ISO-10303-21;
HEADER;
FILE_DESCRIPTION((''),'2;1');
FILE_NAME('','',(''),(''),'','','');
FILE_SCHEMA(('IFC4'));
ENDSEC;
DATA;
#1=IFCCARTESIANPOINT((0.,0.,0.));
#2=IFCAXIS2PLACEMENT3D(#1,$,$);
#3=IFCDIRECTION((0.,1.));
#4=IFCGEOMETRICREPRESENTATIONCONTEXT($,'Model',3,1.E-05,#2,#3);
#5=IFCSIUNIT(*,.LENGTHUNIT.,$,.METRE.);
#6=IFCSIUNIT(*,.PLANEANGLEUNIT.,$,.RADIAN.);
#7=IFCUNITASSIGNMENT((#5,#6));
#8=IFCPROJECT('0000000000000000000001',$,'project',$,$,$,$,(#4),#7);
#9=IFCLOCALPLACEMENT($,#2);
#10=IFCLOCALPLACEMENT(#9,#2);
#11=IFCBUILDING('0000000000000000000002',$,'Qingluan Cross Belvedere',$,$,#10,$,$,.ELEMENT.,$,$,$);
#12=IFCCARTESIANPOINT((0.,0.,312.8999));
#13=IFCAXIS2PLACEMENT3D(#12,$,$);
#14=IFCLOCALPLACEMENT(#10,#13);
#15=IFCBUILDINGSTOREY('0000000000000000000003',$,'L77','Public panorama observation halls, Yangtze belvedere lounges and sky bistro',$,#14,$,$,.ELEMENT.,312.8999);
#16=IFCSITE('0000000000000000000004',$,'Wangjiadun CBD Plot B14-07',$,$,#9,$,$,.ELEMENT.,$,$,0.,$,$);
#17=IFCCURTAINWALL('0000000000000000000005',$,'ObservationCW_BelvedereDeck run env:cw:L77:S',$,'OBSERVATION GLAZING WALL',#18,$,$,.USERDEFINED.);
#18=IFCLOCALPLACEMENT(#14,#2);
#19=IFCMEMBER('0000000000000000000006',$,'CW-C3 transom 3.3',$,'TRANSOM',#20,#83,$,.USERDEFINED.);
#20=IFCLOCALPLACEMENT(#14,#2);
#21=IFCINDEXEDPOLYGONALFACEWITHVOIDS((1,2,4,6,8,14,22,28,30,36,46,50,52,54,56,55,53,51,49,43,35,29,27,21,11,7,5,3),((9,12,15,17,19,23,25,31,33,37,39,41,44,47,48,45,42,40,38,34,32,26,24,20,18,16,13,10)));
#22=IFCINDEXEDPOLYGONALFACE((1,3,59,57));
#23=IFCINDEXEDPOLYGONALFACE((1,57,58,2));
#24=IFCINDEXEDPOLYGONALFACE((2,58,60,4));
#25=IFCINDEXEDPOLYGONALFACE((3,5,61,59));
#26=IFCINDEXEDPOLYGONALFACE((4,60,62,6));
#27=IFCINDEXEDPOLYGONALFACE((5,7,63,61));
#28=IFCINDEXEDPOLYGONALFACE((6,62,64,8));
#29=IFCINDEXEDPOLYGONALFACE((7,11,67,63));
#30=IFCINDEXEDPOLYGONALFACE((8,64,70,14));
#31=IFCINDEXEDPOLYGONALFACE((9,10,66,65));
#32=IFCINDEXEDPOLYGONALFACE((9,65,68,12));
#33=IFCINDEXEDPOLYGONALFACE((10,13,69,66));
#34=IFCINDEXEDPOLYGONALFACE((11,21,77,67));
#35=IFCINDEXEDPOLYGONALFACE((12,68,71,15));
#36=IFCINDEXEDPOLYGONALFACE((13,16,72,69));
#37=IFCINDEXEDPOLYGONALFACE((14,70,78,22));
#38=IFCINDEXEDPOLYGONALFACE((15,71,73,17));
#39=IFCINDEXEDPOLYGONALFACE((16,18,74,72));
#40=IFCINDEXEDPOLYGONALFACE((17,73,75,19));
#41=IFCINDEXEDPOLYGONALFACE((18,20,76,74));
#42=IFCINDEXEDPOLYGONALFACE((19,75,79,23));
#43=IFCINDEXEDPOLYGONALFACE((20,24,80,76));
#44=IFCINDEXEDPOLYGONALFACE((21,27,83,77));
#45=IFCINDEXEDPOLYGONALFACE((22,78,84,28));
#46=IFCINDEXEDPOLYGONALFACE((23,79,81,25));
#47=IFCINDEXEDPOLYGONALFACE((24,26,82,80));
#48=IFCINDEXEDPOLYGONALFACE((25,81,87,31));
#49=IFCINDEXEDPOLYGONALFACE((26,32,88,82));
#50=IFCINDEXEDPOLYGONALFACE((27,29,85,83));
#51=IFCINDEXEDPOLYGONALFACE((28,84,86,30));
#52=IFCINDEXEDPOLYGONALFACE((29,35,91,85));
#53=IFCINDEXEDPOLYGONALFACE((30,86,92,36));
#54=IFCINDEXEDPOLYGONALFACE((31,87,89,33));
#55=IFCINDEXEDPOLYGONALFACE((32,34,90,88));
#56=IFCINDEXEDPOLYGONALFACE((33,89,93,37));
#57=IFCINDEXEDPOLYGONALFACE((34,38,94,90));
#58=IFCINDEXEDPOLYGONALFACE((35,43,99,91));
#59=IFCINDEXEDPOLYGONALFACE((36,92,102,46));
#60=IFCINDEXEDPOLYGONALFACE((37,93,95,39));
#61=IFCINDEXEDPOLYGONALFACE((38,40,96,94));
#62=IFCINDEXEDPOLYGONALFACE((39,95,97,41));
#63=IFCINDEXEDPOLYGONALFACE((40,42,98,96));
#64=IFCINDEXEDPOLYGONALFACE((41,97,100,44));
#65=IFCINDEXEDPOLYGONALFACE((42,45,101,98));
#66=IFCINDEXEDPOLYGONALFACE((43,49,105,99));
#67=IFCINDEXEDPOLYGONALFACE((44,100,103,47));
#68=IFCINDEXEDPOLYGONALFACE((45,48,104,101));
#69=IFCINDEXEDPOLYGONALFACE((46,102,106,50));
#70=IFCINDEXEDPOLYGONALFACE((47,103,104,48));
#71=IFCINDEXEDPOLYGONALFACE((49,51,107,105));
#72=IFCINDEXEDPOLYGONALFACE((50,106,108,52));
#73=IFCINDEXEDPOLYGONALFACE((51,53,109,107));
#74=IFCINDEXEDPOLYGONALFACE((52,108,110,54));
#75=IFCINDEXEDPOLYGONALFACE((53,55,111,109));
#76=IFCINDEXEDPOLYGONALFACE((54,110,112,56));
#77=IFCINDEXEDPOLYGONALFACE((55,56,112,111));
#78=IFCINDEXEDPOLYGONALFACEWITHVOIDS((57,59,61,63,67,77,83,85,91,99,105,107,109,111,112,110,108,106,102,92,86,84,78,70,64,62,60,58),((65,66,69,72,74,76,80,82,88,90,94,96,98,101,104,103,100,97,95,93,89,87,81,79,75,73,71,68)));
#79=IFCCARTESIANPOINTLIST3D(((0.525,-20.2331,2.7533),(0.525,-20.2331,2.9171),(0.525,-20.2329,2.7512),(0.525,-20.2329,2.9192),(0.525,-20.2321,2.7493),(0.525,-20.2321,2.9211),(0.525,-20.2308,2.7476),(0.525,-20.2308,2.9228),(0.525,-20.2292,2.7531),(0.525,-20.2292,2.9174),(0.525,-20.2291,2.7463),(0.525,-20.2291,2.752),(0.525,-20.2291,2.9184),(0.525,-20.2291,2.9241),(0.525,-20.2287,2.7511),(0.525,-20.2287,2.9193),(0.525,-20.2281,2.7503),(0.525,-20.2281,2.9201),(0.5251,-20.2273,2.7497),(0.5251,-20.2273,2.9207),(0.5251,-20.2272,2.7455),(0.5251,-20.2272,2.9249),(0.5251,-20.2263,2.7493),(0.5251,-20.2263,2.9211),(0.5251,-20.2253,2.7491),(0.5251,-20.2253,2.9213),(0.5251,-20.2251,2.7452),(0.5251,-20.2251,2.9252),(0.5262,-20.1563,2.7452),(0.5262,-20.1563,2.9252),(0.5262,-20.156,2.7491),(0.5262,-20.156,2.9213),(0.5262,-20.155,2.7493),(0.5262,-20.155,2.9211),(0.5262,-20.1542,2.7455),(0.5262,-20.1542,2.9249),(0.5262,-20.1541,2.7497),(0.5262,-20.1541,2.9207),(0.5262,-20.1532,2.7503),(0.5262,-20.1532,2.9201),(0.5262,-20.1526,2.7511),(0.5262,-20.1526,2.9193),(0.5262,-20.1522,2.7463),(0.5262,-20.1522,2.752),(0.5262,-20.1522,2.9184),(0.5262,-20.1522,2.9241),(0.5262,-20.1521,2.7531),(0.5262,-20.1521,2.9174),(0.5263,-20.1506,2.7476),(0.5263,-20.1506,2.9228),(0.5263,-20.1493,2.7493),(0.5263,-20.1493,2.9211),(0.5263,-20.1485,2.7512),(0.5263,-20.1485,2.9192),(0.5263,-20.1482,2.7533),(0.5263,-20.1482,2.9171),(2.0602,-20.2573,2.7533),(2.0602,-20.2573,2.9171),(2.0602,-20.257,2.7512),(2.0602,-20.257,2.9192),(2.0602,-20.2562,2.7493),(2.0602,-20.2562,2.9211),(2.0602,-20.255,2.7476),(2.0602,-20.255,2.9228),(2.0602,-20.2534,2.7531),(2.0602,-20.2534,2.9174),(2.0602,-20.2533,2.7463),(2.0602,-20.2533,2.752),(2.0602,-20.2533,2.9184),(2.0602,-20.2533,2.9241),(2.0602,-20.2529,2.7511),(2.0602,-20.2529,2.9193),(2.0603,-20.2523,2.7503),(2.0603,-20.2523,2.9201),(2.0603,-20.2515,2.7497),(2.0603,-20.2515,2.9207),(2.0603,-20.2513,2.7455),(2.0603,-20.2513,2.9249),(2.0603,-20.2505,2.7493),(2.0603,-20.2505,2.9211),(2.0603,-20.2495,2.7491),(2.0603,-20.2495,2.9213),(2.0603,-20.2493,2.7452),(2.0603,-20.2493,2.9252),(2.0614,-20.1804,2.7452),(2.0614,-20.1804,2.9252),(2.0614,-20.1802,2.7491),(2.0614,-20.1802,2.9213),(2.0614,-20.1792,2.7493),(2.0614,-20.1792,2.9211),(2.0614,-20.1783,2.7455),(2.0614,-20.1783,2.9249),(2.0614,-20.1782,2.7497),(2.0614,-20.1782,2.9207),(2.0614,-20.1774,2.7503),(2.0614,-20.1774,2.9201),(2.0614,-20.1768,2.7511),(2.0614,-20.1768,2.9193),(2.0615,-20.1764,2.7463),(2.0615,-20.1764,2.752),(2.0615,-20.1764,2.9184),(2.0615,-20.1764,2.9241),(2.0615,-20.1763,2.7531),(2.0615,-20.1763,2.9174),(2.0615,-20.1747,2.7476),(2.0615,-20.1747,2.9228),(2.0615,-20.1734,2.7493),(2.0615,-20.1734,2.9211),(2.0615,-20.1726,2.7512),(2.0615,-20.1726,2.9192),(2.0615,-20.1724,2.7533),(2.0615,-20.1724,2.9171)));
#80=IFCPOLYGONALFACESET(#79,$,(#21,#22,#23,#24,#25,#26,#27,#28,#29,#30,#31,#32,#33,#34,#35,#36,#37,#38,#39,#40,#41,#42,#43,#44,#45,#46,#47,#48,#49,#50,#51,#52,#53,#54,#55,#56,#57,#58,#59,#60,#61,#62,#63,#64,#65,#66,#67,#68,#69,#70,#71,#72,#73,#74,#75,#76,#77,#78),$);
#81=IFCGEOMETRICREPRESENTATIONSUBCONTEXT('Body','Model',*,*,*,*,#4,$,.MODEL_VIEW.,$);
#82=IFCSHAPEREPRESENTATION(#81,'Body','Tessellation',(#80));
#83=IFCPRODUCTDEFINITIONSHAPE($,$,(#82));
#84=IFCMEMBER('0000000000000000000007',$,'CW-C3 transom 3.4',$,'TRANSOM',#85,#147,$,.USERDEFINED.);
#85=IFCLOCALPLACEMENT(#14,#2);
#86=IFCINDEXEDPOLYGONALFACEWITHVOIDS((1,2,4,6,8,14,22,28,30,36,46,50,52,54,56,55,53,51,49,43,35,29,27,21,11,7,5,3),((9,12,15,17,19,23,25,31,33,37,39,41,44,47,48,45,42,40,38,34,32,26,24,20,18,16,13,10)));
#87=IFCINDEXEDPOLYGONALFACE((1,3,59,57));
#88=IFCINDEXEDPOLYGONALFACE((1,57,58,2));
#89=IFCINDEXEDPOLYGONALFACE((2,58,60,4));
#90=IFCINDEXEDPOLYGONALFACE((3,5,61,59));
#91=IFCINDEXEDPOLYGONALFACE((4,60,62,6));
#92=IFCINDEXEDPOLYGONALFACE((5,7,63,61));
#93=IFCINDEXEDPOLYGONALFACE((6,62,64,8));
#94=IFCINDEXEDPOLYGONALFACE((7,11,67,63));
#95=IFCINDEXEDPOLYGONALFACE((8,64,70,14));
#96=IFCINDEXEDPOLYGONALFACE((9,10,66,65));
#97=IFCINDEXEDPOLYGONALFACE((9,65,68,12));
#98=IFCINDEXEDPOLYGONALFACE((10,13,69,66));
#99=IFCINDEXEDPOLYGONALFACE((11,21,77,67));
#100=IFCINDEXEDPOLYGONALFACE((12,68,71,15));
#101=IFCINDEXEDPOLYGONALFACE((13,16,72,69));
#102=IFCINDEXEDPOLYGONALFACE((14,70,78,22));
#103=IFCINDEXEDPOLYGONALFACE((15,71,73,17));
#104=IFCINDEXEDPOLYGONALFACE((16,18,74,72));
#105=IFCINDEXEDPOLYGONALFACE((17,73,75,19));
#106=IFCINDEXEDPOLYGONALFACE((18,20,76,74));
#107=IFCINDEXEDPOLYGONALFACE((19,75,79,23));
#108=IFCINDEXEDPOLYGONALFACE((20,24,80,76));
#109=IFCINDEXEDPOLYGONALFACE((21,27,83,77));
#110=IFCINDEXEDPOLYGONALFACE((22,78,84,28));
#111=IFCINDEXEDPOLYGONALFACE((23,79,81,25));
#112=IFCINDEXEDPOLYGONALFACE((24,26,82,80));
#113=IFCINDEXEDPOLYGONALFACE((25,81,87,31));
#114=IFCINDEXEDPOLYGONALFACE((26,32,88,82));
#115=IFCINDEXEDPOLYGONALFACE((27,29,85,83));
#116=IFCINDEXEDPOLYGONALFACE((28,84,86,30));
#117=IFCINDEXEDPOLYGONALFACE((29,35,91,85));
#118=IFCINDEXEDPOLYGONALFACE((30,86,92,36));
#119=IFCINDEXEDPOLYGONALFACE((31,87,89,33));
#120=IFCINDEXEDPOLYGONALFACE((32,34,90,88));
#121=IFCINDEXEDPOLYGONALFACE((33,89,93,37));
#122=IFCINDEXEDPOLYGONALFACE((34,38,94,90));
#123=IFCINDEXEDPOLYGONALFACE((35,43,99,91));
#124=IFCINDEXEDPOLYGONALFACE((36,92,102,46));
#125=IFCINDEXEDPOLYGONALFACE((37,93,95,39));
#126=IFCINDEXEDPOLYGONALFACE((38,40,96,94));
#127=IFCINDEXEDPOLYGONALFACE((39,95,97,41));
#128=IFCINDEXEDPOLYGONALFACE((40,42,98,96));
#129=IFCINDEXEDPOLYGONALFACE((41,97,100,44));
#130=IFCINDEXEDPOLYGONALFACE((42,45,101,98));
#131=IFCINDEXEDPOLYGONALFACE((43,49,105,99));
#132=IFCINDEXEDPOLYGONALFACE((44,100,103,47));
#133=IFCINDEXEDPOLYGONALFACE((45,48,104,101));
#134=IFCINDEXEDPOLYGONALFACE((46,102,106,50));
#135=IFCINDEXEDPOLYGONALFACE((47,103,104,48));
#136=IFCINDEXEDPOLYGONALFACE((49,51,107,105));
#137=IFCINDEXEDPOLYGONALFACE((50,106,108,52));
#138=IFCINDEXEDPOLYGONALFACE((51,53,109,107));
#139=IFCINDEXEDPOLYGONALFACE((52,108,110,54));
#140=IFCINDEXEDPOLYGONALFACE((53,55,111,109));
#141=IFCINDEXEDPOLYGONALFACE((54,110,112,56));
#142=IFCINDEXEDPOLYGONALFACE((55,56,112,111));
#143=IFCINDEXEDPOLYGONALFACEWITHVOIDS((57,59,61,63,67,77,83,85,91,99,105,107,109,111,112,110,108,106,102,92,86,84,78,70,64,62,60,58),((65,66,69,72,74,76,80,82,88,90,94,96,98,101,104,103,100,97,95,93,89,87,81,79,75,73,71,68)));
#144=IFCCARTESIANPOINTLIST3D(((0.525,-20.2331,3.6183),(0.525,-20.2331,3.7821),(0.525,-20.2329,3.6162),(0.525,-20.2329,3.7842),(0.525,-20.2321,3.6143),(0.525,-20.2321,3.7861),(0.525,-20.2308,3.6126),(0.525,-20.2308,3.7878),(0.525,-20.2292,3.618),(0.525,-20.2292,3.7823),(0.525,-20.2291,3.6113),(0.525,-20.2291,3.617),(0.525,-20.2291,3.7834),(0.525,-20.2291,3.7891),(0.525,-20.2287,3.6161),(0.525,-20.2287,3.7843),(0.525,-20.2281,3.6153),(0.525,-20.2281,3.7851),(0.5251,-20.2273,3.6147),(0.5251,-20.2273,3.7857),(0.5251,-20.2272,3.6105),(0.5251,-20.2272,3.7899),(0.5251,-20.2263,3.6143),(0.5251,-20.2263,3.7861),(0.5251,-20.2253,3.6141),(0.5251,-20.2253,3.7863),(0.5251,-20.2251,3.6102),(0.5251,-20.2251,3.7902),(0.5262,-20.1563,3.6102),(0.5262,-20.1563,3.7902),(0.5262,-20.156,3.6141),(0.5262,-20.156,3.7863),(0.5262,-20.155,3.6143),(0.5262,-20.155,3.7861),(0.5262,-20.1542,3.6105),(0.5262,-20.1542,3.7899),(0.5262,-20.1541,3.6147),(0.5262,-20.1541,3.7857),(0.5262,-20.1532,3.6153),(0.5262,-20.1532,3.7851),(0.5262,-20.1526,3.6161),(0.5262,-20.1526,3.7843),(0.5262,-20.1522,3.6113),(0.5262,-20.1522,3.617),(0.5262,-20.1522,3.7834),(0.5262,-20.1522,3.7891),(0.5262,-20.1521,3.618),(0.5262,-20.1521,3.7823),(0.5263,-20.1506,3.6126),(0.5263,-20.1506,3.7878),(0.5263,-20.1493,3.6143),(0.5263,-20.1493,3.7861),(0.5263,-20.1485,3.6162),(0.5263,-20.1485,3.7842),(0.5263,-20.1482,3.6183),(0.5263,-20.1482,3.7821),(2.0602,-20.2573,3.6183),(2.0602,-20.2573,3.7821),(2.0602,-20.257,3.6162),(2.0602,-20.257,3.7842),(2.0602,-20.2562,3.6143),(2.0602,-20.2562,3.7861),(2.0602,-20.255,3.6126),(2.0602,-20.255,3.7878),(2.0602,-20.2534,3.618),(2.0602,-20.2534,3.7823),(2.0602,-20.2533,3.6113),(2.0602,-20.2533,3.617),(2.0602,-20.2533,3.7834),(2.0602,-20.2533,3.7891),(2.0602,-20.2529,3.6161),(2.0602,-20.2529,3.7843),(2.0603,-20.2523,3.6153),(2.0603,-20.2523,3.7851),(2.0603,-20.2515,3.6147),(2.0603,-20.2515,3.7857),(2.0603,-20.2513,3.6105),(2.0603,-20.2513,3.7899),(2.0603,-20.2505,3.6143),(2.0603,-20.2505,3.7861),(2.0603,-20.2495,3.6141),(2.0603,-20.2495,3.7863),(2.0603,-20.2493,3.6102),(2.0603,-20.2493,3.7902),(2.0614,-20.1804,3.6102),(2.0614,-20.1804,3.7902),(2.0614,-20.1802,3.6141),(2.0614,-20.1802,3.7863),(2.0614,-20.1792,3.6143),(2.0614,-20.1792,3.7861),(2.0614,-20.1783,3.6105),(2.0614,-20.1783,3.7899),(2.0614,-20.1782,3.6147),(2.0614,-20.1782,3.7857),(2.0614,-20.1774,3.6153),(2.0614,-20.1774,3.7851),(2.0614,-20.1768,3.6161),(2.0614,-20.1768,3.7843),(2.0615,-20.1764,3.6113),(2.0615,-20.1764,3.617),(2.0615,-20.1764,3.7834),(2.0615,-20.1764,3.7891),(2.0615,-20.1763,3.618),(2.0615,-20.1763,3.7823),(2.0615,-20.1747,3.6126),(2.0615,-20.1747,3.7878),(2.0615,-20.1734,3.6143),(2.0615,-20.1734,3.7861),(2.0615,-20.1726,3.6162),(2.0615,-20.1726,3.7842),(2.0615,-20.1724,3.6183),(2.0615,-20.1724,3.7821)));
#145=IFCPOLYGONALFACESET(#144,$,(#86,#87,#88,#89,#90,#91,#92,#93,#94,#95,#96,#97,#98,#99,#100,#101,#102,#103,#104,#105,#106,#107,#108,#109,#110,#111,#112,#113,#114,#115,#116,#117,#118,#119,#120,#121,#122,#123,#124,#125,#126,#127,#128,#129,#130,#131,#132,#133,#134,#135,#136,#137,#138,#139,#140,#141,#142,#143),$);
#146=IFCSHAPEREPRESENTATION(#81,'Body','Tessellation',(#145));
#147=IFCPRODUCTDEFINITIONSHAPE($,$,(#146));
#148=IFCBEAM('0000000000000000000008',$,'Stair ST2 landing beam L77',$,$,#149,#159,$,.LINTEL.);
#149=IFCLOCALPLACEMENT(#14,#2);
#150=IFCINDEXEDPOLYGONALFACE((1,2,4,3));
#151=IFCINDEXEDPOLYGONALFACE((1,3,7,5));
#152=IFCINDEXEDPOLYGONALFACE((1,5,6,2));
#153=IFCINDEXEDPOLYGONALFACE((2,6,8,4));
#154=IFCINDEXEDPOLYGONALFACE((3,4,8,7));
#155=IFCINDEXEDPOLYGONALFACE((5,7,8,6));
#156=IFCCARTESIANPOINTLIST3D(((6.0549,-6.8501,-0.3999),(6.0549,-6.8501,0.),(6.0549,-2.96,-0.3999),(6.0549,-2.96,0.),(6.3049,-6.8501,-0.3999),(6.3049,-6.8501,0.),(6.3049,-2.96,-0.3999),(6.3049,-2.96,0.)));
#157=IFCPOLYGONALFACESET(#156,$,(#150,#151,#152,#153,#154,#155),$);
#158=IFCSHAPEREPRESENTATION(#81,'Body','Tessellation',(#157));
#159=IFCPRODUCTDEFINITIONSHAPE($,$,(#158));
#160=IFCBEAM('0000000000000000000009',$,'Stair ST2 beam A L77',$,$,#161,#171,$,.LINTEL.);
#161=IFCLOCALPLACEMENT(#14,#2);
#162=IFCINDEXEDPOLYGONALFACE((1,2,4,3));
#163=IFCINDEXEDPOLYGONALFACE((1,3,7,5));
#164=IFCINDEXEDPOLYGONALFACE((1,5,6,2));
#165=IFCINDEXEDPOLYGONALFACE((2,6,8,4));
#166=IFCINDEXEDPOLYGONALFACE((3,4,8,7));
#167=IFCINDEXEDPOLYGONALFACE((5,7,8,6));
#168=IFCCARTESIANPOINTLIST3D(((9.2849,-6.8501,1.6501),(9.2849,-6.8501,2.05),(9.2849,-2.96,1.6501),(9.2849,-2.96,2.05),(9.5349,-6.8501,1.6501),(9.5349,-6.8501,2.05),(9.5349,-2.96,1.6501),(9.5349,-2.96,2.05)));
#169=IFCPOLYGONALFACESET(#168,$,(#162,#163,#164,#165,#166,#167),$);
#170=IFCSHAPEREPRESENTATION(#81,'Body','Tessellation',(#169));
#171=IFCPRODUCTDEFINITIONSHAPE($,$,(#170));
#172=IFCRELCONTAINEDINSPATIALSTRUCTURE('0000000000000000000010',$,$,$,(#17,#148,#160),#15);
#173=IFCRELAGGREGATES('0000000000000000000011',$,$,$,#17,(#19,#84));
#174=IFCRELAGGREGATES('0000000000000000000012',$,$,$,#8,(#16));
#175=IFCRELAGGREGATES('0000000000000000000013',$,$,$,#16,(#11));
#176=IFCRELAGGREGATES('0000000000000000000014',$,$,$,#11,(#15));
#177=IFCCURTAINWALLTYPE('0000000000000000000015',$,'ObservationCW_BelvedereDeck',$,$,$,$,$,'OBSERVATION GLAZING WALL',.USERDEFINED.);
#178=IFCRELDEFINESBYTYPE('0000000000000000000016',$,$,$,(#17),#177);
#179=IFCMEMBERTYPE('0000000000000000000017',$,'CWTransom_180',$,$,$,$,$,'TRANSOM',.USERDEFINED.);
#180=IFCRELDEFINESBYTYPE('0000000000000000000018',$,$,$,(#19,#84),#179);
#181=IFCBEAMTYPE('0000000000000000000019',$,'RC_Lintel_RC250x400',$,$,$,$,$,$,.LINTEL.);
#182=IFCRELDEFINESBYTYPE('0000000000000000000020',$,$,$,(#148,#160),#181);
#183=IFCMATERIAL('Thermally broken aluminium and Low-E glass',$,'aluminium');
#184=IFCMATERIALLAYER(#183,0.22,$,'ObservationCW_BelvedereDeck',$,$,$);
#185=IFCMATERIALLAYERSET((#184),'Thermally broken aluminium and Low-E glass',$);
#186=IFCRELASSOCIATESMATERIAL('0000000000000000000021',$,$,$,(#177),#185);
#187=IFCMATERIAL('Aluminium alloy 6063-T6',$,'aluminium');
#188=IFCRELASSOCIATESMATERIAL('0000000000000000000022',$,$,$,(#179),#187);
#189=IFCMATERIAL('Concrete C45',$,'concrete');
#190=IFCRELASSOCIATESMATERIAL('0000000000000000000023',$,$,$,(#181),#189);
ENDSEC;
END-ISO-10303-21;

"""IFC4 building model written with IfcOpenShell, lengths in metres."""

from ifc_helpers import new_model, si_unit, direction, frame, origin, origin_2d, place, context, subcontext, project, spatial, rectangle, hollow_rectangle, extrude, material, layer, layer_set, material_profile, profile_set, type_object, element, aggregate, save


model = new_model("IFC4")

# Units and contexts
model_context = context("Model", 3, precision=1e-05, world=origin(), true_north=direction((0.0, 1.0)))
body_context = subcontext(model_context, "Body", "Model", "MODEL_VIEW")
ifc_project = project(units=[si_unit("LENGTHUNIT", "METRE"), si_unit("PLANEANGLEUNIT", "RADIAN")], contexts=[model_context])

# Site, building, storey
site_placement = place(None, origin())
site = spatial("IfcSite", under=ifc_project, at=site_placement, Name="Wangjiadun CBD Plot B14-07", CompositionType="ELEMENT", RefElevation=0.0)
building_placement = place(site_placement, origin())
building = spatial("IfcBuilding", under=site, at=building_placement, Name="Qingluan Cross Belvedere", CompositionType="ELEMENT")
storey_placement = place(building_placement, frame((0.0, 0.0, 312.8999)))
storey = spatial("IfcBuildingStorey", under=building, at=storey_placement, Name="L77", Description="Public panorama observation halls, Yangtze belvedere lounges and sky bistro", CompositionType="ELEMENT", Elevation=312.8999)

# Curtain wall, members
ifc_material_1 = material(Name="Thermally broken aluminium and Low-E glass", Category="aluminium")
ifc_layer_1 = layer(ifc_material_1, 0.22, Name="ObservationCW_BelvedereDeck")
ifc_layer_set_1 = layer_set([ifc_layer_1], Name="Thermally broken aluminium and Low-E glass")
curtain_wall_type = type_object("IfcCurtainWallType", Name="ObservationCW_BelvedereDeck", ElementType="OBSERVATION GLAZING WALL", PredefinedType="USERDEFINED", material=ifc_layer_set_1)
curtain_wall_placement = place(storey_placement, origin())
curtain_wall = element("IfcCurtainWall", 1, at=curtain_wall_placement, inside=storey, type_object=curtain_wall_type, Name="ObservationCW_BelvedereDeck run env:cw:L77:S", ObjectType="OBSERVATION GLAZING WALL", PredefinedType="USERDEFINED")
ifc_material_2 = material(Name="Aluminium alloy 6063-T6", Category="aluminium")
ifc_material_profile_1 = material_profile(ifc_material_2, hollow_rectangle(XDim=0.085, YDim=0.1799, WallThickness=0.0039, InnerFilletRadius=0.0039, OuterFilletRadius=0.0081, at=origin_2d()), Name="CWT180x85x4")
ifc_profile_set_1 = profile_set([ifc_material_profile_1], Name="Aluminium alloy 6063-T6")
member_type_1 = type_object("IfcMemberType", Name="CWTransom_180", ElementType="TRANSOM", PredefinedType="USERDEFINED", material=ifc_profile_set_1)
member_1_placement = place(storey_placement, frame((0.5256, -20.1907, 2.8352), z_axis=(0.999876, -0.015742, 0.0), x_axis=(0.015742, 0.999876, 0.0)))
member_1 = element("IfcMember", 2, at=member_1_placement, type_object=member_type_1, Name="CW-C3 transom 3.3", ObjectType="TRANSOM", PredefinedType="USERDEFINED", context=body_context, shape_type="SweptSolid", body=[
    extrude(hollow_rectangle(XDim=0.085, YDim=0.1799, WallThickness=0.0039, InnerFilletRadius=0.0039, OuterFilletRadius=0.0081, at=origin_2d()), origin(), (0.0, 0.0, 1.0), 1.5354),
])
member_2_placement = place(storey_placement, frame((0.5256, -20.1907, 3.7002), z_axis=(0.999876, -0.015742, 0.0), x_axis=(0.015742, 0.999876, 0.0)))
member_2 = element("IfcMember", 3, at=member_2_placement, type_object=member_type_1, Name="CW-C3 transom 3.4", ObjectType="TRANSOM", PredefinedType="USERDEFINED", context=body_context, shape_type="SweptSolid", body=[
    extrude(hollow_rectangle(XDim=0.085, YDim=0.1799, WallThickness=0.0039, InnerFilletRadius=0.0039, OuterFilletRadius=0.0081, at=origin_2d()), origin(), (0.0, 0.0, 1.0), 1.5354),
])

# Beams
ifc_material_3 = material(Name="Concrete C45", Category="concrete")
ifc_material_profile_2 = material_profile(ifc_material_3, rectangle(XDim=0.25, YDim=0.3999, at=origin_2d()), Name="RC250x400")
ifc_profile_set_2 = profile_set([ifc_material_profile_2], Name="Concrete C45")
beam_type_1 = type_object("IfcBeamType", Name="RC_Lintel_RC250x400", PredefinedType="LINTEL", material=ifc_profile_set_2)
for number, where, z_axis, x_axis, name in (
    (4, (6.1799, -6.8501, -0.2), (0.0, 1.0, 0.0), (-1.0, 0.0, 0.0), "Stair ST2 landing beam L77"),
    (5, (9.4099, -6.8501, 1.8501), (0.0, 1.0, 0.0), (-1.0, 0.0, 0.0), "Stair ST2 beam A L77"),
):
    element("IfcBeam", number, at=place(storey_placement, frame(where, z_axis=z_axis, x_axis=x_axis)), inside=storey, type_object=beam_type_1, Name=name, PredefinedType="LINTEL", context=body_context, shape_type="SweptSolid", body=[
        extrude(rectangle(XDim=0.25, YDim=0.3999, at=origin_2d()), origin(), (0.0, 0.0, 1.0), 3.8901),
    ])

aggregate(curtain_wall, [member_1, member_2])

save(model, "model.ifc")
